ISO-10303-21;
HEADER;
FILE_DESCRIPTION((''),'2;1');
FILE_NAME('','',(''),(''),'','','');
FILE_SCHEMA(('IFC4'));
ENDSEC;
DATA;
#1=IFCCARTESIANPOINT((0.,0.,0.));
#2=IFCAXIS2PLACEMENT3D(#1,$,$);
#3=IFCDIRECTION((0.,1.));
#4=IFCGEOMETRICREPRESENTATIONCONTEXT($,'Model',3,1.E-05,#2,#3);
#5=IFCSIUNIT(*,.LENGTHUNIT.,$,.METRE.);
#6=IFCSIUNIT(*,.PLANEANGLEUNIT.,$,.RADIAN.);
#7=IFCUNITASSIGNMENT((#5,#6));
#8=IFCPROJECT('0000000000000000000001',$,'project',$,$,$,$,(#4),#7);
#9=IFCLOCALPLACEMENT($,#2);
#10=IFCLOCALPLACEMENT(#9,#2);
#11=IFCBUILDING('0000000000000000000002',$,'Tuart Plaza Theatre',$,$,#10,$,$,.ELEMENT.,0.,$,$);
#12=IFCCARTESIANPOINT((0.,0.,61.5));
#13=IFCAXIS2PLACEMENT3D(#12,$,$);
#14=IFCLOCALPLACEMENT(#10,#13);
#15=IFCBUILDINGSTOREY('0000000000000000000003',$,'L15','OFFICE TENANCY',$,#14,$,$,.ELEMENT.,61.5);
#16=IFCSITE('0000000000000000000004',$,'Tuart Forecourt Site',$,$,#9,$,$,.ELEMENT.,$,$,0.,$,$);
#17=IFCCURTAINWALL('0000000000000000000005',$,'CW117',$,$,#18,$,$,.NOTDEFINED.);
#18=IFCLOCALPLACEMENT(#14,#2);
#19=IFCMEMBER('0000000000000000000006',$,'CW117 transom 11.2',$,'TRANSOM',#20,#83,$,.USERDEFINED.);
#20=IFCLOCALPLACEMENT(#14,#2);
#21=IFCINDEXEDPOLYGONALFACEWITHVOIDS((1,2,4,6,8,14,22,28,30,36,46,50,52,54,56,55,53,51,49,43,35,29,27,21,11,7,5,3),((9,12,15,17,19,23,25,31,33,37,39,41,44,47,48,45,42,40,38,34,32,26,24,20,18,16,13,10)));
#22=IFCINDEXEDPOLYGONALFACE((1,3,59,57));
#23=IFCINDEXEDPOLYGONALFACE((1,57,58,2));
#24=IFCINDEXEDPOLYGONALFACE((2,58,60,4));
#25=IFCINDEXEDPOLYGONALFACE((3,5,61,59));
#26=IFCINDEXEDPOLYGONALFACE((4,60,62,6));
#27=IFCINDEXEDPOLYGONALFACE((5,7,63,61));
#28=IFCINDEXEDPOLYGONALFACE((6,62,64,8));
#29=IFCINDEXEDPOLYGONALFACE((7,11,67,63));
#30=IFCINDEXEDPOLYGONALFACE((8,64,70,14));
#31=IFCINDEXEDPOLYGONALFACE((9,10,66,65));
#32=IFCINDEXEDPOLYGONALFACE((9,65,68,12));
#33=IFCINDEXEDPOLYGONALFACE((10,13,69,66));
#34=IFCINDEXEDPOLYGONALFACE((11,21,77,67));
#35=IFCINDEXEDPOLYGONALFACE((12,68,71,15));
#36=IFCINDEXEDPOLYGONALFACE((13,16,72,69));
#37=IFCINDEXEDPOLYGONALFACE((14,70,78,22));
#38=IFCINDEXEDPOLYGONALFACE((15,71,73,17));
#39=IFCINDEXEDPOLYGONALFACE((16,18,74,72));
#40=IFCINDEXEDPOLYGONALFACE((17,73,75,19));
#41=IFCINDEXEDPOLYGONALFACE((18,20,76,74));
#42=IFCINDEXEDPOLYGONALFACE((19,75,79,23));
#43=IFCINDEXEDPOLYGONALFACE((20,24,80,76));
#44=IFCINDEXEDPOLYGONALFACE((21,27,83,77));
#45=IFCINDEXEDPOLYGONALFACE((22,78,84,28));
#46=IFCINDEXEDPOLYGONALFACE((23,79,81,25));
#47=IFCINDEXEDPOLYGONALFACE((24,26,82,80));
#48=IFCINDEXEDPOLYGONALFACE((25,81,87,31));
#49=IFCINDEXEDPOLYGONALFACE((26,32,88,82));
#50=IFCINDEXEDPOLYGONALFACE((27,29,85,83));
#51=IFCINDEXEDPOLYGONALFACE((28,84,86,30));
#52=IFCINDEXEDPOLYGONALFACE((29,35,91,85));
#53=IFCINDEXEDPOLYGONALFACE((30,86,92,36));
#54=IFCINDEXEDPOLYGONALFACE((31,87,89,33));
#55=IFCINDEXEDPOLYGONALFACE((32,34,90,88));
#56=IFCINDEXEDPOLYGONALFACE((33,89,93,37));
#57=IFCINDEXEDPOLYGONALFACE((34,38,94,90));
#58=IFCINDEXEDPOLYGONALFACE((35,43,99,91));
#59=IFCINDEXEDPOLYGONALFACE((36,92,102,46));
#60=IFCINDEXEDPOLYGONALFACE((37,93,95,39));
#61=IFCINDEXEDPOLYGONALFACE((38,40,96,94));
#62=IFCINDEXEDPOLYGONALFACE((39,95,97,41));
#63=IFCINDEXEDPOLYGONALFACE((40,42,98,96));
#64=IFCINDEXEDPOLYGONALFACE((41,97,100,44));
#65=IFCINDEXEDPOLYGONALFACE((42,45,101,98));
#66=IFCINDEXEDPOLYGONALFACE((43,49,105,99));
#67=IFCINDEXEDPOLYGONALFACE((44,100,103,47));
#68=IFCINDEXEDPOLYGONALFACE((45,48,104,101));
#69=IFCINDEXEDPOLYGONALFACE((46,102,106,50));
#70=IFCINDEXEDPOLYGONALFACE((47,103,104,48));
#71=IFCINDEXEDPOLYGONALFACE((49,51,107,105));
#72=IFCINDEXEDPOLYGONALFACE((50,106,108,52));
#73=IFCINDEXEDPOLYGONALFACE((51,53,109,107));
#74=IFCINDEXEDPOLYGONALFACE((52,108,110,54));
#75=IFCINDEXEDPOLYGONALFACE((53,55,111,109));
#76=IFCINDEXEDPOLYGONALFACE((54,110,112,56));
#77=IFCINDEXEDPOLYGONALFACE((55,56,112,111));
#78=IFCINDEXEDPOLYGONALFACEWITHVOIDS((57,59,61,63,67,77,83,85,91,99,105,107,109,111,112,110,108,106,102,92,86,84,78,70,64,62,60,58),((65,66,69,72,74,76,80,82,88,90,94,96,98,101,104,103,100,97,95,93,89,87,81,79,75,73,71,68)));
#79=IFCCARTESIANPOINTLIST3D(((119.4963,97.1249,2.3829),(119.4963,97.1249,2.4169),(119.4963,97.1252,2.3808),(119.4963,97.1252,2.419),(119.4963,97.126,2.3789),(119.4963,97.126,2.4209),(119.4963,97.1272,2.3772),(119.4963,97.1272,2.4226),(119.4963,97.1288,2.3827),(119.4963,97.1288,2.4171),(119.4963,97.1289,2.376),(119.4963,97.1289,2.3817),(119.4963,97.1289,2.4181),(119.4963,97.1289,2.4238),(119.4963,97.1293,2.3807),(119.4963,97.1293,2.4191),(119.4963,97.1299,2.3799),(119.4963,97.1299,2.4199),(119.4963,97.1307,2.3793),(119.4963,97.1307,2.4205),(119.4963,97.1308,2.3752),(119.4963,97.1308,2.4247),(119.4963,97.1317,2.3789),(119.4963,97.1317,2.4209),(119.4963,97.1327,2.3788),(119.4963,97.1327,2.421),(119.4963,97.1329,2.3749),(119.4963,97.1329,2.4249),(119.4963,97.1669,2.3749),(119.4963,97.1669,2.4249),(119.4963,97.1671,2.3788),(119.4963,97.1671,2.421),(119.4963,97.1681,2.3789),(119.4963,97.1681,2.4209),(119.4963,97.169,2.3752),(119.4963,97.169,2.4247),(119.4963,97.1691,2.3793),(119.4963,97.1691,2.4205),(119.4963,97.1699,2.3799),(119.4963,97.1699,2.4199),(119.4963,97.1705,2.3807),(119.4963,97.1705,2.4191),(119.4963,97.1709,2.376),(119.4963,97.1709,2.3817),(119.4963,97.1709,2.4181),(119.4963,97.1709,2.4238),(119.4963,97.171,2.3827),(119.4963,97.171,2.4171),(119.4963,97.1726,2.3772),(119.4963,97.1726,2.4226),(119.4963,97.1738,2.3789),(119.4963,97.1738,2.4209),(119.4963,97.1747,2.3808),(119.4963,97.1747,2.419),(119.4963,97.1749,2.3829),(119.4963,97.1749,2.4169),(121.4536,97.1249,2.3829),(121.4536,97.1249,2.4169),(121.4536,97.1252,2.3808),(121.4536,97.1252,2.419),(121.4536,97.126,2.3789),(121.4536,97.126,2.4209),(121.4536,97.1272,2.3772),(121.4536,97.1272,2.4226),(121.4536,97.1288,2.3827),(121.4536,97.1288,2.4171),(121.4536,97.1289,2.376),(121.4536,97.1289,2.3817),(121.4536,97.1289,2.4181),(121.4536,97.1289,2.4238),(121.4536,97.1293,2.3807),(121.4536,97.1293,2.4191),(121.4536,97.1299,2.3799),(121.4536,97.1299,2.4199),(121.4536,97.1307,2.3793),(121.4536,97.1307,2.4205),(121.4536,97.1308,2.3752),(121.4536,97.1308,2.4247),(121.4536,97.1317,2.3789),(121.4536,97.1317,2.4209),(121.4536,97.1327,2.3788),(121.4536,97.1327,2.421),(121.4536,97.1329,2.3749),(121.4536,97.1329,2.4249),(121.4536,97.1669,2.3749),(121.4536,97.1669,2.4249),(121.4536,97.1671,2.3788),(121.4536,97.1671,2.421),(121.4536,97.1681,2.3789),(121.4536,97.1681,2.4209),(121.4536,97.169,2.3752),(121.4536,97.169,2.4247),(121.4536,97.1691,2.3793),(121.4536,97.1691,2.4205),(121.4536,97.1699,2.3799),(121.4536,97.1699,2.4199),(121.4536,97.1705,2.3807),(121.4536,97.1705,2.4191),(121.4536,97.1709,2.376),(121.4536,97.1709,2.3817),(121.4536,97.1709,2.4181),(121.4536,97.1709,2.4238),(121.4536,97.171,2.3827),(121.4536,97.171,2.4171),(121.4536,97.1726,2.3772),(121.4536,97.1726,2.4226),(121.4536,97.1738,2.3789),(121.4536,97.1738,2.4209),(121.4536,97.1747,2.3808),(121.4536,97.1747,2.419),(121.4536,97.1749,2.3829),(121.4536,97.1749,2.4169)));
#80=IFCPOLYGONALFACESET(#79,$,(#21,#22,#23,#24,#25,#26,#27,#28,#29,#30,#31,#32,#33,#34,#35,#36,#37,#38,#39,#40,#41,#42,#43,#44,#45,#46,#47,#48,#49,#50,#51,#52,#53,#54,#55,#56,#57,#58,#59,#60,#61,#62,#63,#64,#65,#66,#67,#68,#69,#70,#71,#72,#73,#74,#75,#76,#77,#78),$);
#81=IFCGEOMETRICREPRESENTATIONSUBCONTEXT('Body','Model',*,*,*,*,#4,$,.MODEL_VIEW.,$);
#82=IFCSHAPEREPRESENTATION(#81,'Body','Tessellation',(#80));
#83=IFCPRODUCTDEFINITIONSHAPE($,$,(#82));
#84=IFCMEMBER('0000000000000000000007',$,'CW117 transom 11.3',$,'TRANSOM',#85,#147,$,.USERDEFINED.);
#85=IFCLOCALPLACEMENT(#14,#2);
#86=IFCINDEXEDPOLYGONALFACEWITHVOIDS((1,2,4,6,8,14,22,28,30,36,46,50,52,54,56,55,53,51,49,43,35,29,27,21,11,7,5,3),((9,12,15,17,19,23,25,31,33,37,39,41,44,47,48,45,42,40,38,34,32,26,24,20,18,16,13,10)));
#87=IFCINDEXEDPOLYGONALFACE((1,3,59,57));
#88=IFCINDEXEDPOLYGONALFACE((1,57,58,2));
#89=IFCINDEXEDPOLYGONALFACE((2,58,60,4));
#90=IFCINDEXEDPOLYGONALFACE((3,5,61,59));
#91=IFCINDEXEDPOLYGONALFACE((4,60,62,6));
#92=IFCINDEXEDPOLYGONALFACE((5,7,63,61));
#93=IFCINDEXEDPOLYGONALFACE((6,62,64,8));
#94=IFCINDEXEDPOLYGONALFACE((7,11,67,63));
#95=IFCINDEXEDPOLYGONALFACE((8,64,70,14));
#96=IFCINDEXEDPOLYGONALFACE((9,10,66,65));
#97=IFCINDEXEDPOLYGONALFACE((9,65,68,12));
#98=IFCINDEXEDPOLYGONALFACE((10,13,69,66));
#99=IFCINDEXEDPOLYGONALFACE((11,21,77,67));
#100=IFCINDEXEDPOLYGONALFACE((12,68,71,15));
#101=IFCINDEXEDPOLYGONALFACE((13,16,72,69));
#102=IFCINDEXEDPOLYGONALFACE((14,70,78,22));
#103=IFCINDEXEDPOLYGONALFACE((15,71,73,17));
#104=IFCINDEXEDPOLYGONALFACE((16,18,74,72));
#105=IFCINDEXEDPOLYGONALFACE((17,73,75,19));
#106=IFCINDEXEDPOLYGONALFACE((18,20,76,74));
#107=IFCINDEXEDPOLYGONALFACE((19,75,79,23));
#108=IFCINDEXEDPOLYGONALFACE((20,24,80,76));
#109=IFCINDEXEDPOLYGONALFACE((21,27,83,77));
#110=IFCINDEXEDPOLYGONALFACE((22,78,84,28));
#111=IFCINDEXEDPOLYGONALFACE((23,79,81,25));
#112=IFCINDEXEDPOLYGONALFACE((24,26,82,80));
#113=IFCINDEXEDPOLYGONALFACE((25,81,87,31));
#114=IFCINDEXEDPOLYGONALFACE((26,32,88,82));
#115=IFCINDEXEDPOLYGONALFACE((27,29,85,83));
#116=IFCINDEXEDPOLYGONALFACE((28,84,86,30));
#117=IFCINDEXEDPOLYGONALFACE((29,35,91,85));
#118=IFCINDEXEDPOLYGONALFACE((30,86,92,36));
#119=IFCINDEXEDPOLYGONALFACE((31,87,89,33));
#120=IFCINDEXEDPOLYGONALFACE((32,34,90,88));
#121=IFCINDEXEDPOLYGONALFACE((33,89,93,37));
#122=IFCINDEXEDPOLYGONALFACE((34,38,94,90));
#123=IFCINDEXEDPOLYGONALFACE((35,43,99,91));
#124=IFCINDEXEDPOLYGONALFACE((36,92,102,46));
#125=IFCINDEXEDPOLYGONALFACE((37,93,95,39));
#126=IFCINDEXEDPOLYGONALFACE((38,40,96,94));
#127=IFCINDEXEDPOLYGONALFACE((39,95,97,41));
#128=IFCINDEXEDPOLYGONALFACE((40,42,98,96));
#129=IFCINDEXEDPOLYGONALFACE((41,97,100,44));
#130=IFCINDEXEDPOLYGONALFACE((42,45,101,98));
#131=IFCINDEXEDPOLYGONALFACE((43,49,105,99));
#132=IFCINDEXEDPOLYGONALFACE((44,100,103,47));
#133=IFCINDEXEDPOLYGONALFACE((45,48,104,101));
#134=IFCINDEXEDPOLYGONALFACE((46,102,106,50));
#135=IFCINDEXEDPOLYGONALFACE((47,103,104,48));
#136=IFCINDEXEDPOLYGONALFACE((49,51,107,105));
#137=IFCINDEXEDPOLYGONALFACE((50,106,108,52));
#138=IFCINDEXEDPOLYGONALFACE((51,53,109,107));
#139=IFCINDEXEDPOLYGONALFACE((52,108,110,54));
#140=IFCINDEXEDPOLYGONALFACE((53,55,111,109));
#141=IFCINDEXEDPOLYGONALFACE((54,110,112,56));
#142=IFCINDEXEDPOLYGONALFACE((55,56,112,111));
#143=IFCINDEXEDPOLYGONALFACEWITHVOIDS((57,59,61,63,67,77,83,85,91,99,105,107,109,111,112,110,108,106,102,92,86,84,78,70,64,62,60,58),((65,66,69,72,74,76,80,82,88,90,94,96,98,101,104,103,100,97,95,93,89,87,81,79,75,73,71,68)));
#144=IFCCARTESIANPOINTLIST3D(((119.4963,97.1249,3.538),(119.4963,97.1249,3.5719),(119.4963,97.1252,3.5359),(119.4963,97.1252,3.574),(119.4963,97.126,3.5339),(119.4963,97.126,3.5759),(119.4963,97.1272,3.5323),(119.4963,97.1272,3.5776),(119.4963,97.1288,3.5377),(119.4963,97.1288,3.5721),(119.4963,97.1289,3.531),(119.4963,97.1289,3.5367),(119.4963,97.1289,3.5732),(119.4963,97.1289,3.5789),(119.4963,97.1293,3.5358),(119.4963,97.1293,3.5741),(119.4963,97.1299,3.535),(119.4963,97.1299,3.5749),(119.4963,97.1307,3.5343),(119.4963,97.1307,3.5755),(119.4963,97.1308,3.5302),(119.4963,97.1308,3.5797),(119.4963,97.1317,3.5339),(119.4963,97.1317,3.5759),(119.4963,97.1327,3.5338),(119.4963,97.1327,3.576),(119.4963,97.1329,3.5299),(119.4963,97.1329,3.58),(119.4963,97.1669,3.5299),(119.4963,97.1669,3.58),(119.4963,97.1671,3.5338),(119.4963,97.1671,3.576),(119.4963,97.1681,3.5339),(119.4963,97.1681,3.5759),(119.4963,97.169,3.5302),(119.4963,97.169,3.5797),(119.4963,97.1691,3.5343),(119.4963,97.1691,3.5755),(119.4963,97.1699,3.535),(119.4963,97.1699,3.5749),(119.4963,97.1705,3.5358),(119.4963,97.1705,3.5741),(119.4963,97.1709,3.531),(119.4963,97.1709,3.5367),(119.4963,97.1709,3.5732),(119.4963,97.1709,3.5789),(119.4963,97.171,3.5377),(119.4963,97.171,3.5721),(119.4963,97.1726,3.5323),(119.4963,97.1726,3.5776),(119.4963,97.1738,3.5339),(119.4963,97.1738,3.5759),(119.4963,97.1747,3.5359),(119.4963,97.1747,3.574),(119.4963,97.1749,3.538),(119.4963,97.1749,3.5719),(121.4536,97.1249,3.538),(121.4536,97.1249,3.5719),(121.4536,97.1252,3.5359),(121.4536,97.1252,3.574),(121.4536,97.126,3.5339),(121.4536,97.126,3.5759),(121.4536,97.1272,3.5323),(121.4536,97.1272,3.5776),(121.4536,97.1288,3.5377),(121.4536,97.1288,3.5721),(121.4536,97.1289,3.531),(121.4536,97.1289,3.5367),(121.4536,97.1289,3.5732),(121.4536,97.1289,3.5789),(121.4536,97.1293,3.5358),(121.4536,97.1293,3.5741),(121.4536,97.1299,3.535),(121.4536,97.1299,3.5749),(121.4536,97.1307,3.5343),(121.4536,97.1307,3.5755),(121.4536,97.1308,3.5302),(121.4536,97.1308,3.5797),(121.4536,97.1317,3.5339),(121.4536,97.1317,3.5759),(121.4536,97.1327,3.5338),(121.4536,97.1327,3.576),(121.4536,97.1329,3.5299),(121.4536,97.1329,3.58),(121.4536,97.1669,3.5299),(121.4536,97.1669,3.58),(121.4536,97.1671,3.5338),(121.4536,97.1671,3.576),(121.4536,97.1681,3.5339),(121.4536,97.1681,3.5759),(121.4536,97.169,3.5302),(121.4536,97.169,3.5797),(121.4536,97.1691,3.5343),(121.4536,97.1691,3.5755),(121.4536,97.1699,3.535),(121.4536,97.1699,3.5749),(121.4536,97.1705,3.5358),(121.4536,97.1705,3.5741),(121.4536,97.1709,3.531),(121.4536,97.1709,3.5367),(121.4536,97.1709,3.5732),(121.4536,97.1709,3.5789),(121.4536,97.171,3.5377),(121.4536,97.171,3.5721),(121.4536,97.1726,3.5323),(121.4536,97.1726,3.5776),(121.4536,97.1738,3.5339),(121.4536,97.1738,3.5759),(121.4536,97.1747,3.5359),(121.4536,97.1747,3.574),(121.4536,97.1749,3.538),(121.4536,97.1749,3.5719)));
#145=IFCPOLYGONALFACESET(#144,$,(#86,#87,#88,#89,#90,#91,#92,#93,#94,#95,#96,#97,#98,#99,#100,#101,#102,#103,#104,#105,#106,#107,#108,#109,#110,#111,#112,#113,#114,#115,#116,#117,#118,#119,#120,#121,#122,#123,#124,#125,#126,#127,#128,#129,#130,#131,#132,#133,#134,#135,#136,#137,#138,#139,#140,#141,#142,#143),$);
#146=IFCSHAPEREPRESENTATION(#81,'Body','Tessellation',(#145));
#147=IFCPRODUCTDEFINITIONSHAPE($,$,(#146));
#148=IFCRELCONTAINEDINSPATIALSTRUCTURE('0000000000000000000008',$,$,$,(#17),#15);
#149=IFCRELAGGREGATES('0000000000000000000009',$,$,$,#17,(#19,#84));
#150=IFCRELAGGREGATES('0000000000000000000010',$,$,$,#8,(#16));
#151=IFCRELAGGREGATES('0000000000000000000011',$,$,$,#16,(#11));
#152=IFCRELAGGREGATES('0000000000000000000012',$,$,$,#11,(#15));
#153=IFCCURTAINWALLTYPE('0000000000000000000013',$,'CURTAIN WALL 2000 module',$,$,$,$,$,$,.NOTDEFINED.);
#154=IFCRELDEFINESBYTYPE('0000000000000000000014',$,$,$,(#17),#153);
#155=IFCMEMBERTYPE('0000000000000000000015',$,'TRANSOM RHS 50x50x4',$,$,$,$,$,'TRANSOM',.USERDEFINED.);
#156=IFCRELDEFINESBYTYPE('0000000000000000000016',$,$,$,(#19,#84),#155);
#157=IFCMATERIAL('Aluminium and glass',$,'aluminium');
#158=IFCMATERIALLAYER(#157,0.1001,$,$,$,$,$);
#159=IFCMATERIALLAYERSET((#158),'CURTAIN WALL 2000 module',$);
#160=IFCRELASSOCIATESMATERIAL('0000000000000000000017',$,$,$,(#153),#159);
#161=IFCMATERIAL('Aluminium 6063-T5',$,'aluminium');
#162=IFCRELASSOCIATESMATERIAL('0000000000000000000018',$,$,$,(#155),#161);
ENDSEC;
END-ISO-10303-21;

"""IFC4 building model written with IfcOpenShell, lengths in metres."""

from ifc_helpers import new_model, si_unit, direction, frame, origin, origin_2d, place, context, subcontext, project, spatial, hollow_rectangle, extrude, material, layer, layer_set, material_profile, profile_set, type_object, element, aggregate, save


model = new_model("IFC4")

# Units and contexts
model_context = context("Model", 3, precision=1e-05, world=origin(), true_north=direction((0.0, 1.0)))
body_context = subcontext(model_context, "Body", "Model", "MODEL_VIEW")
ifc_project = project(units=[si_unit("LENGTHUNIT", "METRE"), si_unit("PLANEANGLEUNIT", "RADIAN")], contexts=[model_context])

# Site, building, storey
site_placement = place(None, origin())
site = spatial("IfcSite", under=ifc_project, at=site_placement, Name="Tuart Forecourt Site", CompositionType="ELEMENT", RefElevation=0.0)
building_placement = place(site_placement, origin())
building = spatial("IfcBuilding", under=site, at=building_placement, Name="Tuart Plaza Theatre", CompositionType="ELEMENT", ElevationOfRefHeight=0.0)
storey_placement = place(building_placement, frame((0.0, 0.0, 61.5)))
storey = spatial("IfcBuildingStorey", under=building, at=storey_placement, Name="L15", Description="OFFICE TENANCY", CompositionType="ELEMENT", Elevation=61.5)

# Curtain wall, members
ifc_material_1 = material(Name="Aluminium and glass", Category="aluminium")
ifc_layer_1 = layer(ifc_material_1, 0.1001)
ifc_layer_set_1 = layer_set([ifc_layer_1], Name="CURTAIN WALL 2000 module")
curtain_wall_type = type_object("IfcCurtainWallType", Name="CURTAIN WALL 2000 module", PredefinedType="NOTDEFINED", material=ifc_layer_set_1)
curtain_wall_placement = place(storey_placement, origin())
curtain_wall = element("IfcCurtainWall", 1, at=curtain_wall_placement, inside=storey, type_object=curtain_wall_type, Name="CW117", PredefinedType="NOTDEFINED")
ifc_material_2 = material(Name="Aluminium 6063-T5", Category="aluminium")
ifc_material_profile_1 = material_profile(ifc_material_2, hollow_rectangle(XDim=0.05, YDim=0.05, WallThickness=0.0039, InnerFilletRadius=0.0039, OuterFilletRadius=0.0081, at=origin_2d()), Name="RHS 50x50x4")
ifc_profile_set_1 = profile_set([ifc_material_profile_1], Name="Aluminium 6063-T5")
member_type_1 = type_object("IfcMemberType", Name="TRANSOM RHS 50x50x4", ElementType="TRANSOM", PredefinedType="USERDEFINED", material=ifc_profile_set_1)
member_1_placement = place(storey_placement, frame((121.4536, 97.1499, 2.3999), z_axis=(-1.0, 0.0, 0.0), x_axis=(0.0, -1.0, 0.0)))
member_1 = element("IfcMember", 2, at=member_1_placement, type_object=member_type_1, Name="CW117 transom 11.2", ObjectType="TRANSOM", PredefinedType="USERDEFINED", context=body_context, shape_type="SweptSolid", body=[
    extrude(hollow_rectangle(XDim=0.05, YDim=0.05, WallThickness=0.0039, InnerFilletRadius=0.0039, OuterFilletRadius=0.0081, at=origin_2d()), origin(), (0.0, 0.0, 1.0), 1.9573),
])
member_2_placement = place(storey_placement, frame((121.4536, 97.1499, 3.5549), z_axis=(-1.0, 0.0, 0.0), x_axis=(0.0, -1.0, 0.0)))
member_2 = element("IfcMember", 3, at=member_2_placement, type_object=member_type_1, Name="CW117 transom 11.3", ObjectType="TRANSOM", PredefinedType="USERDEFINED", context=body_context, shape_type="SweptSolid", body=[
    extrude(hollow_rectangle(XDim=0.05, YDim=0.05, WallThickness=0.0039, InnerFilletRadius=0.0039, OuterFilletRadius=0.0081, at=origin_2d()), origin(), (0.0, 0.0, 1.0), 1.9573),
])
aggregate(curtain_wall, [member_1, member_2])

save(model, "model.ifc")
